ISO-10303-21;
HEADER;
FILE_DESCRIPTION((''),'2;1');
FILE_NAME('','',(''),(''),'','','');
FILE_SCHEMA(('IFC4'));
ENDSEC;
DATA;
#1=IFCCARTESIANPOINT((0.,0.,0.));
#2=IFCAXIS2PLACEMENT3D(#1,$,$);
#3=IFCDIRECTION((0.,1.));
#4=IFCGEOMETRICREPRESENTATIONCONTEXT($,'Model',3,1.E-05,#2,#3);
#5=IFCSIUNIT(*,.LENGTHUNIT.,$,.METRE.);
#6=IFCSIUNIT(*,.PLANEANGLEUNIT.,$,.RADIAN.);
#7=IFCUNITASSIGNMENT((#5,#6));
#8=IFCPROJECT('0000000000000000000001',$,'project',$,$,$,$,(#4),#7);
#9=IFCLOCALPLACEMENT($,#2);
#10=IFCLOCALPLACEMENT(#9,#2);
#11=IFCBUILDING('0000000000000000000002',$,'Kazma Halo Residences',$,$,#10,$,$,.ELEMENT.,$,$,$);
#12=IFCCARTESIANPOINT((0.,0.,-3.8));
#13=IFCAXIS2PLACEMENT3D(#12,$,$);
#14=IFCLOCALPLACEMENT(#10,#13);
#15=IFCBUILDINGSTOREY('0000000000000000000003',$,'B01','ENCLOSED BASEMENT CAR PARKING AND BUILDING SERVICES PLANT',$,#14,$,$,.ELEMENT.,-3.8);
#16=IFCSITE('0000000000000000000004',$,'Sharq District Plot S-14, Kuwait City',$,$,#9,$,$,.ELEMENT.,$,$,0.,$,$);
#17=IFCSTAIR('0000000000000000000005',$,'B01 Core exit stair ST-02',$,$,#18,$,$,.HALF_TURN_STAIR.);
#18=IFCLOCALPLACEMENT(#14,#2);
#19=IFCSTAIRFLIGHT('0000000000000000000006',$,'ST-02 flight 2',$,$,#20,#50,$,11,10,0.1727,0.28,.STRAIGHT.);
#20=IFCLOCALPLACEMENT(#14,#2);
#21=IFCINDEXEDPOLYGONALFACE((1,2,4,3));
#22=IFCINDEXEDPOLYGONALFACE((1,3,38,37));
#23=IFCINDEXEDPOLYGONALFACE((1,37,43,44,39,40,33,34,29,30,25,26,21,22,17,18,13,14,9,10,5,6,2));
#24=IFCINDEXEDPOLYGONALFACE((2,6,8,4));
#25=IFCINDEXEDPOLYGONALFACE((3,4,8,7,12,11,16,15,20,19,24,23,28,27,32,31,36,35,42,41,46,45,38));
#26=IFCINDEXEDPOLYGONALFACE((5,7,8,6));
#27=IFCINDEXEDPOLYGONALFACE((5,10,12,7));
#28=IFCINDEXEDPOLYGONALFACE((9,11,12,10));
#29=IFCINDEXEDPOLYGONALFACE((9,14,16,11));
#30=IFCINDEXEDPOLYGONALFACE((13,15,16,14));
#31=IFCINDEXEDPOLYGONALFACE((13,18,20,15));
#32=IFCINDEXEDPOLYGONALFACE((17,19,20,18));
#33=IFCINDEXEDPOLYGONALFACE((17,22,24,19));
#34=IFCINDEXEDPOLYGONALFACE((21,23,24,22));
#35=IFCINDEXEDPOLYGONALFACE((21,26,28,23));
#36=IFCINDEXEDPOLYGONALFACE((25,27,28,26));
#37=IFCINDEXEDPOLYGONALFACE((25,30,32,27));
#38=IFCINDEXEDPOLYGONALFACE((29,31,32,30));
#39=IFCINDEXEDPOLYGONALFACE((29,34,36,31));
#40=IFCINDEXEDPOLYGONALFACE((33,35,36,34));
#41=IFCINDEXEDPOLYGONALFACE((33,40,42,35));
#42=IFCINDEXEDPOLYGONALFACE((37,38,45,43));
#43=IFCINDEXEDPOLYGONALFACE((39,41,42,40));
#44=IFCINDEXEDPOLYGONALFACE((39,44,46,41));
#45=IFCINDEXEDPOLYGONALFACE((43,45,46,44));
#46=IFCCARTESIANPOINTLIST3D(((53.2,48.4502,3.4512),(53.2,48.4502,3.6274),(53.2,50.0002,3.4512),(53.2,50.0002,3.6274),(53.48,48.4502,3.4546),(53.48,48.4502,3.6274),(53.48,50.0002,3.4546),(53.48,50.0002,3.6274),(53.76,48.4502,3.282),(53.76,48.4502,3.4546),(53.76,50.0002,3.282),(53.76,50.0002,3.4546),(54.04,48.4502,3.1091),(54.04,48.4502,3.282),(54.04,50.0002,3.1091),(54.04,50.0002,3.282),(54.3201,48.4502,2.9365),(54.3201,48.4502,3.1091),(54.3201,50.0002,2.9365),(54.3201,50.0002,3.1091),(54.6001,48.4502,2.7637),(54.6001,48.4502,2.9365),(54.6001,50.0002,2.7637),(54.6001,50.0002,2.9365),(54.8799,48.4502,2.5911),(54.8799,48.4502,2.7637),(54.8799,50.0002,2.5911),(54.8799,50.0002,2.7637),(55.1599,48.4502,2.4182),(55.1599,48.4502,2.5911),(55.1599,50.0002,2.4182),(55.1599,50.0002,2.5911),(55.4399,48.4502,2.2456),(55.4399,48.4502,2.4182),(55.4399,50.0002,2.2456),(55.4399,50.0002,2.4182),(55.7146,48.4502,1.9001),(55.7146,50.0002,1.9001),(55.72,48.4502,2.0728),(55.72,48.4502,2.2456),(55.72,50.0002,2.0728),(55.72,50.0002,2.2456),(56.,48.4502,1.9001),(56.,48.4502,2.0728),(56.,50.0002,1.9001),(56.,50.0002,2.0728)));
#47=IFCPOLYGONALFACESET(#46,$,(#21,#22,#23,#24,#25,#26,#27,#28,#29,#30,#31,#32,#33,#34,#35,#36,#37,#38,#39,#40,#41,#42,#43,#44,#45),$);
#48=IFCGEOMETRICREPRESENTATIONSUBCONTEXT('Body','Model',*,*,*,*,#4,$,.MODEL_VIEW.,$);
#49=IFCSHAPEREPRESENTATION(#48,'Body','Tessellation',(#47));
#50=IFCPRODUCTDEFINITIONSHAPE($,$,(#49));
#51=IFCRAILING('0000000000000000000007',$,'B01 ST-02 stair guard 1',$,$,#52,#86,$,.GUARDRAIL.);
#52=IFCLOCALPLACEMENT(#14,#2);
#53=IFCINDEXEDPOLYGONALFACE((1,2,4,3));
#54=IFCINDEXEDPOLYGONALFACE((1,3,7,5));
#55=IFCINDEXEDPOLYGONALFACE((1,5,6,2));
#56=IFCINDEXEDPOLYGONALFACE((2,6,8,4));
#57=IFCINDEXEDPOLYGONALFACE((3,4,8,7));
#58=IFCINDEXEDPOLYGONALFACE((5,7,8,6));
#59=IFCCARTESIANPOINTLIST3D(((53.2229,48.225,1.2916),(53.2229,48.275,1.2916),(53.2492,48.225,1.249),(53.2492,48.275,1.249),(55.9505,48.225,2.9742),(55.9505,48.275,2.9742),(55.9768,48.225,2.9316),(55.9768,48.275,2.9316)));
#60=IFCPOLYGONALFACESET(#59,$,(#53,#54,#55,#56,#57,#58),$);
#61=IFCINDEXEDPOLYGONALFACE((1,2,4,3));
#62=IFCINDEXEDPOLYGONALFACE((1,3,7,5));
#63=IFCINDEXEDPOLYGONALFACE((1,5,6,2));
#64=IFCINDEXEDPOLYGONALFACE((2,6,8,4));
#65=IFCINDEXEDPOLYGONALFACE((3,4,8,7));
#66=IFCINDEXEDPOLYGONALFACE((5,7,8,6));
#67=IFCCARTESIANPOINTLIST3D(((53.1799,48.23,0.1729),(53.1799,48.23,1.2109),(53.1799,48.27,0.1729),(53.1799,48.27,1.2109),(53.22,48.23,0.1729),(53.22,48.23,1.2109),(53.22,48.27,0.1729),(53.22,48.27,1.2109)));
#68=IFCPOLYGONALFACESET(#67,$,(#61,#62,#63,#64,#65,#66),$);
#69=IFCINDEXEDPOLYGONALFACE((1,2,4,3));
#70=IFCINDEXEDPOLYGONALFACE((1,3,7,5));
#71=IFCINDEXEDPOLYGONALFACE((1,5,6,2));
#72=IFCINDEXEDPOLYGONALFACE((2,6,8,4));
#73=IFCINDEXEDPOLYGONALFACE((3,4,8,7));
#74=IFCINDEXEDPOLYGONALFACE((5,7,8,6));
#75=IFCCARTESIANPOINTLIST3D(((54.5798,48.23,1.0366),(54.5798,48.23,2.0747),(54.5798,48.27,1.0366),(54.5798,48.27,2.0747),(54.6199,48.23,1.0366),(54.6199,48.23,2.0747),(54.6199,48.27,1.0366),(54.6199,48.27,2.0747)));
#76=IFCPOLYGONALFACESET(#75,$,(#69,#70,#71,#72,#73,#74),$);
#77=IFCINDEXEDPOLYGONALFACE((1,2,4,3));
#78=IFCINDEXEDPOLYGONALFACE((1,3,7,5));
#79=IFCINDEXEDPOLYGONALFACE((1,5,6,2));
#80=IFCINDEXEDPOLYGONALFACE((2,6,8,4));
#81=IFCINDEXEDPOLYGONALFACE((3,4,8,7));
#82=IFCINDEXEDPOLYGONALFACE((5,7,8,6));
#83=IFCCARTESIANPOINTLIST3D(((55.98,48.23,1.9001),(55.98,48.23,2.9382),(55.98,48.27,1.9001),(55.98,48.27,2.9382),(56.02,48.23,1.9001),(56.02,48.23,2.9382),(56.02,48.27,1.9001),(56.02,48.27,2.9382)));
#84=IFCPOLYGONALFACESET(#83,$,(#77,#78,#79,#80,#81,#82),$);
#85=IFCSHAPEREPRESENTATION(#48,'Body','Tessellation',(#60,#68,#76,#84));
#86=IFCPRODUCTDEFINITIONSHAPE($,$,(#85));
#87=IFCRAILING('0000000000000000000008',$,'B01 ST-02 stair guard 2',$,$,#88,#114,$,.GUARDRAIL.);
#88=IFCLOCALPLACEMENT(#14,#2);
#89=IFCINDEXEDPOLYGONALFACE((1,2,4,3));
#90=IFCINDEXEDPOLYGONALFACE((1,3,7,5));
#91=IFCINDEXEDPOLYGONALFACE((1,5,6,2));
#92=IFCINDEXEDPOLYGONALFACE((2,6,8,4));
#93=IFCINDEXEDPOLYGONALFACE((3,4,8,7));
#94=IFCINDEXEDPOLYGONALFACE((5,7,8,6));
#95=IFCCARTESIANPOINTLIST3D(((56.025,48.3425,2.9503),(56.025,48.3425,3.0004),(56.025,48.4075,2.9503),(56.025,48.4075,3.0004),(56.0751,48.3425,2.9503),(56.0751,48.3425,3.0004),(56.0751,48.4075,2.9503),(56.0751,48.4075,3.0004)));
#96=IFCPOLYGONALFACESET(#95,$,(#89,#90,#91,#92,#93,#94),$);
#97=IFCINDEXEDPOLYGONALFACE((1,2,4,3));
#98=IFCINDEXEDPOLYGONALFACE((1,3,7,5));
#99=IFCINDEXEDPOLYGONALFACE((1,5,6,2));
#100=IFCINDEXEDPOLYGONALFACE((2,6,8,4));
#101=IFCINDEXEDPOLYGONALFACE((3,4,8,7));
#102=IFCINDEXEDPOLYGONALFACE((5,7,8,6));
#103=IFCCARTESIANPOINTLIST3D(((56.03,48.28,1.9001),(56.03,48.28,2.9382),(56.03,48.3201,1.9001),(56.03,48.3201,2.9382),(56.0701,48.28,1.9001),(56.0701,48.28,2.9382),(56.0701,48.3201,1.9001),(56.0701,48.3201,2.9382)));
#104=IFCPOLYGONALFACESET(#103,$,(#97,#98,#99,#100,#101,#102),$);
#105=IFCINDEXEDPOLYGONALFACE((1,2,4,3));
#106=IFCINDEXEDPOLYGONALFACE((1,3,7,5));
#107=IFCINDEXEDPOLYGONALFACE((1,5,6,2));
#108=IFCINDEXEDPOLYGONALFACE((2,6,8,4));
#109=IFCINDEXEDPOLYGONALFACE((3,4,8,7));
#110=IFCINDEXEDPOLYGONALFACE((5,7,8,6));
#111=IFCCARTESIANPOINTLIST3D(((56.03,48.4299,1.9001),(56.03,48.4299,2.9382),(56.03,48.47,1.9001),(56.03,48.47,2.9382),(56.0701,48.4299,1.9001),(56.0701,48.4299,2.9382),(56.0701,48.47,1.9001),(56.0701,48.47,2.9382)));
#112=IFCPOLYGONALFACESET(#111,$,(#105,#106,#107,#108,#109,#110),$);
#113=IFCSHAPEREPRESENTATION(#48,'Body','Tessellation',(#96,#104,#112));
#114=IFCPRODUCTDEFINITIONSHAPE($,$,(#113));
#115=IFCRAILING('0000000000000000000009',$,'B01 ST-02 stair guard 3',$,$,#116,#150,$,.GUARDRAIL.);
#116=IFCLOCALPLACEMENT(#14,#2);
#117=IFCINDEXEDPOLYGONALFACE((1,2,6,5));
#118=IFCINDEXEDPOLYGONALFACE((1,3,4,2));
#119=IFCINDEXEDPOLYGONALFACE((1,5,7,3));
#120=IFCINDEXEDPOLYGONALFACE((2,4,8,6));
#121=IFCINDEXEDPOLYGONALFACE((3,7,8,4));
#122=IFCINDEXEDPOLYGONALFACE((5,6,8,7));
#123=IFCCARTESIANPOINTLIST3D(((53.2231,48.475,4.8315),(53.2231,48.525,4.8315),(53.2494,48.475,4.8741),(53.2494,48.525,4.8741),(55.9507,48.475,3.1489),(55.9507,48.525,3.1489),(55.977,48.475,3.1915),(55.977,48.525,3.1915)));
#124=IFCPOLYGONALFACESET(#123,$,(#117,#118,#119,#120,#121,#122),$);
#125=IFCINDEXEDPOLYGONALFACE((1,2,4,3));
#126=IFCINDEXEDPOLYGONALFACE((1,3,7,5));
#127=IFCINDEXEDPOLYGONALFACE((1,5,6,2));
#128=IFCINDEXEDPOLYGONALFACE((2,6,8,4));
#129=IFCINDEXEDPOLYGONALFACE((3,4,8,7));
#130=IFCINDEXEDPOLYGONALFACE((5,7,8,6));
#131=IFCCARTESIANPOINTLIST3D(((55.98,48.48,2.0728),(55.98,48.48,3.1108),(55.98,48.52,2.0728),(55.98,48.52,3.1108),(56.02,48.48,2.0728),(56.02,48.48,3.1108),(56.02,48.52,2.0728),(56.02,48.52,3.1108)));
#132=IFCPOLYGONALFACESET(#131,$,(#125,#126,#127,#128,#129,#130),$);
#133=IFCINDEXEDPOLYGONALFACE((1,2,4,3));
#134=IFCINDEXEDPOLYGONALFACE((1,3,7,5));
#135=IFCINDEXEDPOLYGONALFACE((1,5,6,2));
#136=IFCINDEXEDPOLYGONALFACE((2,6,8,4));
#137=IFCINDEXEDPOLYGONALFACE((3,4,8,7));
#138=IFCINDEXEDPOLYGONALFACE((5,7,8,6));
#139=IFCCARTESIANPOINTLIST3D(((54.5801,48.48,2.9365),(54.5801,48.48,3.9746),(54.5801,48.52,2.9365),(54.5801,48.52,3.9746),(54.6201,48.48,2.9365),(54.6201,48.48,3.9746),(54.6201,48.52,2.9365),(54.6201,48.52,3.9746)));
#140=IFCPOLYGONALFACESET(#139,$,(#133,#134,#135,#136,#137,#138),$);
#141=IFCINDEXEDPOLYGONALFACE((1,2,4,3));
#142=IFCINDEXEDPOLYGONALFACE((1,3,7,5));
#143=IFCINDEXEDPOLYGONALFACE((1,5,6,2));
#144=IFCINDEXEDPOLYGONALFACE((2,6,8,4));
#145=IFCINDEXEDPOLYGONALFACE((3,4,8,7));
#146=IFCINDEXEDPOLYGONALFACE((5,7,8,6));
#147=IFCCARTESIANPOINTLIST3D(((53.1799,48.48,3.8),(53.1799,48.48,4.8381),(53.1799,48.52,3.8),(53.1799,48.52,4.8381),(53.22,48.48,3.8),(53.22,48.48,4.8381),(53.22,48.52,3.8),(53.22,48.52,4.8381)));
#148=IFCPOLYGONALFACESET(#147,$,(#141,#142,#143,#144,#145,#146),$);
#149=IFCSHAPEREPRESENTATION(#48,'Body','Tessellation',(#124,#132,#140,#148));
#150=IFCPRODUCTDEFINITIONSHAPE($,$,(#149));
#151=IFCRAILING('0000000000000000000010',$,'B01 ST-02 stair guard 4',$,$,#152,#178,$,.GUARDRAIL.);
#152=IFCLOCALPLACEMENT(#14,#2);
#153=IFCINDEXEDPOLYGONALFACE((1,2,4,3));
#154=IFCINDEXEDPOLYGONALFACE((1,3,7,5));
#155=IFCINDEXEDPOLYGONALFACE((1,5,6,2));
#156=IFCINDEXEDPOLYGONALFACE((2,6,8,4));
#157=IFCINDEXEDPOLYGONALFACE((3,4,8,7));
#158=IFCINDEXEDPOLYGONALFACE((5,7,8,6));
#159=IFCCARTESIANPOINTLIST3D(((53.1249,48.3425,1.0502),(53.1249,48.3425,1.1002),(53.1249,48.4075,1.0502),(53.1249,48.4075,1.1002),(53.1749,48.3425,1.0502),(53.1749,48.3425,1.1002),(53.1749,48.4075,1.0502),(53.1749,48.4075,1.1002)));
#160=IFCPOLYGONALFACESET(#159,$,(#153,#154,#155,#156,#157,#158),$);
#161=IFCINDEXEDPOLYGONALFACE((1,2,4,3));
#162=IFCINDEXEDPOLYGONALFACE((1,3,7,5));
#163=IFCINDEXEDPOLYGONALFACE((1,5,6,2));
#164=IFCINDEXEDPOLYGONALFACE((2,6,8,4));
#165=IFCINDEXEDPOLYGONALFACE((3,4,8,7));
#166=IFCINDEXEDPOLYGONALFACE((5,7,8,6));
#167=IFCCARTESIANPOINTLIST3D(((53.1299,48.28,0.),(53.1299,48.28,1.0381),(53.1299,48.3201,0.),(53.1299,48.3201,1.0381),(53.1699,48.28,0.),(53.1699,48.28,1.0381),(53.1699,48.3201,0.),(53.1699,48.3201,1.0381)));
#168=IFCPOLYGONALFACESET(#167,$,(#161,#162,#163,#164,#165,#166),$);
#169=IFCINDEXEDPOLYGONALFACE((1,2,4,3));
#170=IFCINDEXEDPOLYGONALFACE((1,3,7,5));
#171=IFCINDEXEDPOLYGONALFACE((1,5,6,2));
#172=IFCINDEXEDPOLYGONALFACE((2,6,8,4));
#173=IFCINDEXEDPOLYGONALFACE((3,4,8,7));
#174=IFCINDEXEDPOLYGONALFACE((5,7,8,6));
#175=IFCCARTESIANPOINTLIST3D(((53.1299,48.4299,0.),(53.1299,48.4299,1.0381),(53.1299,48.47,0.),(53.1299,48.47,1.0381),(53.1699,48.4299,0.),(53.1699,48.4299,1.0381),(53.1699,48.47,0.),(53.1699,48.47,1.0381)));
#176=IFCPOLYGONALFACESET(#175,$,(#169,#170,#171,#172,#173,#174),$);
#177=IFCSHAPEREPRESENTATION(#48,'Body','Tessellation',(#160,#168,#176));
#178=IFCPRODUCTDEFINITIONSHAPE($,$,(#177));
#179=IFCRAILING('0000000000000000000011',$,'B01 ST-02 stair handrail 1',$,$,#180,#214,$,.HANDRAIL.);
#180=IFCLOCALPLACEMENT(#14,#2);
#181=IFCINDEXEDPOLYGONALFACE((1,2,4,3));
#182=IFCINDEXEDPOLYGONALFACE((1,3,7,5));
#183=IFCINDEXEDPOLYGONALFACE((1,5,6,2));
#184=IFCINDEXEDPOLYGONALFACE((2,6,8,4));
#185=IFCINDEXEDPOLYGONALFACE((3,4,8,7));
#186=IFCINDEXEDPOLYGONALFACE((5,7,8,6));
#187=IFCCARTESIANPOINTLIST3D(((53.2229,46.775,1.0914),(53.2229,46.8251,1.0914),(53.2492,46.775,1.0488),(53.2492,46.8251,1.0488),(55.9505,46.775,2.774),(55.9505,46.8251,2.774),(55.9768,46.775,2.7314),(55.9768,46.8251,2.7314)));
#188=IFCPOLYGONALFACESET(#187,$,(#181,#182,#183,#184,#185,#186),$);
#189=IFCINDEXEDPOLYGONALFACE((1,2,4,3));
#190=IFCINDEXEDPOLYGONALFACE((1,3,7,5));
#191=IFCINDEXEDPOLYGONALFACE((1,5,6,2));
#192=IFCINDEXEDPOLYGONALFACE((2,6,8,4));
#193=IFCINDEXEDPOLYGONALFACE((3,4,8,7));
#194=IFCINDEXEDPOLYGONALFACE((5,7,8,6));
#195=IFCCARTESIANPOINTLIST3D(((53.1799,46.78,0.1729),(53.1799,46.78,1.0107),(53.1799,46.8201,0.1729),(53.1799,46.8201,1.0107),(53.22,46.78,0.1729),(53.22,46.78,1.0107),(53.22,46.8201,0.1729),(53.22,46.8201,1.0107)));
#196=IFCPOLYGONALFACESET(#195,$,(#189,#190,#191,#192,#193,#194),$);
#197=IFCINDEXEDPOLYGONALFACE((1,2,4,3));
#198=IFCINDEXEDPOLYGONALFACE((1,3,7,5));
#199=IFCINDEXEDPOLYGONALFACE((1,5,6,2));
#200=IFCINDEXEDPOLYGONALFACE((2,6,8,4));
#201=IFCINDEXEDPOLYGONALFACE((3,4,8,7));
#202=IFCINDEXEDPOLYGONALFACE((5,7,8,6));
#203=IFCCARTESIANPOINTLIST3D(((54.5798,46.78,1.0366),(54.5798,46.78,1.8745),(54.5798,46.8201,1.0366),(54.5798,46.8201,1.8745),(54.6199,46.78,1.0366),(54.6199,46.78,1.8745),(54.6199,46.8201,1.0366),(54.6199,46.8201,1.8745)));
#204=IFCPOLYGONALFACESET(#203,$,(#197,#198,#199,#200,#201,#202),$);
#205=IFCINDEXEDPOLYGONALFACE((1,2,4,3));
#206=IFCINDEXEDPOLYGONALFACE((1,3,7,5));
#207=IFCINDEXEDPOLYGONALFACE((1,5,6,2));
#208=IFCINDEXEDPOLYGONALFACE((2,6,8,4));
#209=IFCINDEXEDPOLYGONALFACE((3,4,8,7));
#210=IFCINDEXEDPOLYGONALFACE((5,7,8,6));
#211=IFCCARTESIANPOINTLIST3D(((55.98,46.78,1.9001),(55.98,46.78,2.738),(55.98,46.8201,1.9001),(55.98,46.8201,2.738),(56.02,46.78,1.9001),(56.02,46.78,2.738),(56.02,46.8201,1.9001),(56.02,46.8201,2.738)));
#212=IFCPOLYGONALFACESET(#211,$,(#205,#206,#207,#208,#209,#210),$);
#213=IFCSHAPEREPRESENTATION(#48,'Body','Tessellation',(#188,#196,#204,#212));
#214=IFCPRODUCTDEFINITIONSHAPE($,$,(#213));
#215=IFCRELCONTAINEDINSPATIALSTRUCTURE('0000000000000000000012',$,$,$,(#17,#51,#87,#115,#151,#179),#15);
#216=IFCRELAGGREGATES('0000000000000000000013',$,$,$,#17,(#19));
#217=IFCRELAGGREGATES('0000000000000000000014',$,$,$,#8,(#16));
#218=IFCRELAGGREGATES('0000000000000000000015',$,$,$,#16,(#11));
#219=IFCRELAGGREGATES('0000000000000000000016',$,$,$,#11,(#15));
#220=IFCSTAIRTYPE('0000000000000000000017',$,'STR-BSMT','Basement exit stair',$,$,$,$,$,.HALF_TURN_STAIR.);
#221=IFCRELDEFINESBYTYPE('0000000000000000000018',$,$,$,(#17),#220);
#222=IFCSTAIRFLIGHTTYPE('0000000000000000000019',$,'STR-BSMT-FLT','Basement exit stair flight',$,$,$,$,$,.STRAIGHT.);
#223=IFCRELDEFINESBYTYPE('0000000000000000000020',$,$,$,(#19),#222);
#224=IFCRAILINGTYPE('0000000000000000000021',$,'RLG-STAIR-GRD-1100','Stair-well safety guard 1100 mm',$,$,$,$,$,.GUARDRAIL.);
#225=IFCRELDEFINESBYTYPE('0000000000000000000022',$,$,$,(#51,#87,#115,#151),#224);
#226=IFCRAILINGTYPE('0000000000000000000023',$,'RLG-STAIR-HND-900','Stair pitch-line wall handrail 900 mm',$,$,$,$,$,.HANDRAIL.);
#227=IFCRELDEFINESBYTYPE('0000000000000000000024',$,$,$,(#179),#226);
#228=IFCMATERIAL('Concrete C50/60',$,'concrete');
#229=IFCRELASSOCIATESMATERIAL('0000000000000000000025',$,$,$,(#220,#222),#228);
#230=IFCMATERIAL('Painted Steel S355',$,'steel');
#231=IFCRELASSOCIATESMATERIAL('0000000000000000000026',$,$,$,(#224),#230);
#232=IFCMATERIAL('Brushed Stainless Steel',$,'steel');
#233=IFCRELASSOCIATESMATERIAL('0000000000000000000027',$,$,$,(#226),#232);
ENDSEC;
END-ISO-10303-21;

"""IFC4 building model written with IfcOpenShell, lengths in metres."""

from ifc_helpers import new_model, si_unit, direction, frame, origin, origin_2d, place, context, subcontext, project, spatial, polyline, rectangle, outline, extrude, material, type_object, element, aggregate, save


model = new_model("IFC4")

# Units and contexts
model_context = context("Model", 3, precision=1e-05, world=origin(), true_north=direction((0.0, 1.0)))
body_context = subcontext(model_context, "Body", "Model", "MODEL_VIEW")
ifc_project = project(units=[si_unit("LENGTHUNIT", "METRE"), si_unit("PLANEANGLEUNIT", "RADIAN")], contexts=[model_context])

# Site, building, storey
site_placement = place(None, origin())
site = spatial("IfcSite", under=ifc_project, at=site_placement, Name="Sharq District Plot S-14, Kuwait City", CompositionType="ELEMENT", RefElevation=0.0)
building_placement = place(site_placement, origin())
building = spatial("IfcBuilding", under=site, at=building_placement, Name="Kazma Halo Residences", CompositionType="ELEMENT")
storey_placement = place(building_placement, frame((0.0, 0.0, -3.8)))
storey = spatial("IfcBuildingStorey", under=building, at=storey_placement, Name="B01", Description="ENCLOSED BASEMENT CAR PARKING AND BUILDING SERVICES PLANT", CompositionType="ELEMENT", Elevation=-3.8)

# Shared definitions
ifc_material_1 = material(Name="Concrete C50/60", Category="concrete")

# Stair, stair flight
stair_type = type_object("IfcStairType", Name="STR-BSMT", Description="Basement exit stair", PredefinedType="HALF_TURN_STAIR", material=ifc_material_1)
stair_placement = place(storey_placement, origin())
stair = element("IfcStair", 1, at=stair_placement, inside=storey, type_object=stair_type, Name="B01 Core exit stair ST-02", PredefinedType="HALF_TURN_STAIR")
stair_flight_type = type_object("IfcStairFlightType", Name="STR-BSMT-FLT", Description="Basement exit stair flight", PredefinedType="STRAIGHT", material=ifc_material_1)
stair_flight_1_placement = place(storey_placement, frame((56.0, 49.2251, 1.9001), z_axis=(0.0, 0.0, 1.0), x_axis=(-1.0, 0.0, 0.0)))
stair_flight_1 = element("IfcStairFlight", 2, at=stair_flight_1_placement, type_object=stair_flight_type, Name="ST-02 flight 2", NumberOfRisers=11, NumberOfTreads=10, PredefinedType="STRAIGHT", RiserHeight=0.1727, TreadLength=0.28, context=body_context, shape_type="SweptSolid", body=[
    extrude(outline(polyline([(0.0, 0.0), (0.0, 0.1726), (0.28, 0.1726), (0.28, 0.3455), (0.5601, 0.3455), (0.5601, 0.5181), (0.8401, 0.5181), (0.8401, 0.6909), (1.1201, 0.6909), (1.1201, 0.8635), (1.3999, 0.8635), (1.3999, 1.0364), (1.6799, 1.0364), (1.6799, 1.209), (1.96, 1.209), (1.96, 1.3818), (2.24, 1.3818), (2.24, 1.5544), (2.52, 1.5544), (2.52, 1.7273), (2.8, 1.7273), (2.8, 1.8999), (2.8, 1.551), (0.2854, 0.0), (0.0, 0.0)])), frame((0.0, 0.7749, 0.0), z_axis=(0.0, -1.0, 0.0), x_axis=(1.0, 0.0, 0.0)), (0.0, 0.0, 1.0), 1.55),
])
aggregate(stair, [stair_flight_1])

# Railings
ifc_material_2 = material(Name="Painted Steel S355", Category="steel")
railing_type_1 = type_object("IfcRailingType", Name="RLG-STAIR-GRD-1100", Description="Stair-well safety guard 1100 mm", PredefinedType="GUARDRAIL", material=ifc_material_2)
railing_1_placement = place(storey_placement, frame((53.2, 48.25, 0.1729)))
element("IfcRailing", 3, at=railing_1_placement, inside=storey, type_object=railing_type_1, Name="B01 ST-02 stair guard 1", PredefinedType="GUARDRAIL", context=body_context, shape_type="SweptSolid", body=[
    extrude(rectangle(XDim=0.05, YDim=0.05, at=origin_2d()), frame((0.0361, 0.0, 1.0974), z_axis=(0.85109, 0.0, 0.52502), x_axis=(0.0, 1.0, 0.0)), (0.0, 0.0, 1.0), 3.2048),
    extrude(rectangle(XDim=0.04, YDim=0.04, at=origin_2d()), origin(), (0.0, 0.0, 1.0), 1.0381),
    extrude(rectangle(XDim=0.04, YDim=0.04, at=origin_2d()), frame((1.3999, 0.0, 0.8638)), (0.0, 0.0, 1.0), 1.0381),
    extrude(rectangle(XDim=0.04, YDim=0.04, at=origin_2d()), frame((2.8, 0.0, 1.7273)), (0.0, 0.0, 1.0), 1.0381),
])
railing_2_placement = place(storey_placement, frame((56.05, 48.3, 1.9001)))
element("IfcRailing", 4, at=railing_2_placement, inside=storey, type_object=railing_type_1, Name="B01 ST-02 stair guard 2", PredefinedType="GUARDRAIL", context=body_context, shape_type="SweptSolid", body=[
    extrude(rectangle(XDim=0.05, YDim=0.05, at=origin_2d()), frame((0.0, 0.0425, 1.0752), z_axis=(0.0, 1.0, 0.0), x_axis=(-1.0, 0.0, 0.0)), (0.0, 0.0, 1.0), 0.0649),
    extrude(rectangle(XDim=0.04, YDim=0.04, at=origin_2d()), origin(), (0.0, 0.0, 1.0), 1.0381),
    extrude(rectangle(XDim=0.04, YDim=0.04, at=origin_2d()), frame((0.0, 0.1499, 0.0)), (0.0, 0.0, 1.0), 1.0381),
])
railing_3_placement = place(storey_placement, frame((56.0, 48.5, 2.0728)))
element("IfcRailing", 5, at=railing_3_placement, inside=storey, type_object=railing_type_1, Name="B01 ST-02 stair guard 3", PredefinedType="GUARDRAIL", context=body_context, shape_type="SweptSolid", body=[
    extrude(rectangle(XDim=0.05, YDim=0.05, at=origin_2d()), frame((-0.0361, 0.0, 1.0974), z_axis=(-0.85109, 0.0, 0.52502), x_axis=(0.0, -1.0, 0.0)), (0.0, 0.0, 1.0), 3.2048),
    extrude(rectangle(XDim=0.04, YDim=0.04, at=origin_2d()), origin(), (0.0, 0.0, 1.0), 1.0381),
    extrude(rectangle(XDim=0.04, YDim=0.04, at=origin_2d()), frame((-1.3999, 0.0, 0.8638)), (0.0, 0.0, 1.0), 1.0381),
    extrude(rectangle(XDim=0.04, YDim=0.04, at=origin_2d()), frame((-2.8, 0.0, 1.7273)), (0.0, 0.0, 1.0), 1.0381),
])
railing_4_placement = place(storey_placement, frame((53.1499, 48.3, 0.0)))
element("IfcRailing", 6, at=railing_4_placement, inside=storey, type_object=railing_type_1, Name="B01 ST-02 stair guard 4", PredefinedType="GUARDRAIL", context=body_context, shape_type="SweptSolid", body=[
    extrude(rectangle(XDim=0.05, YDim=0.05, at=origin_2d()), frame((0.0, 0.0425, 1.0752), z_axis=(0.0, 1.0, 0.0), x_axis=(-1.0, 0.0, 0.0)), (0.0, 0.0, 1.0), 0.0649),
    extrude(rectangle(XDim=0.04, YDim=0.04, at=origin_2d()), origin(), (0.0, 0.0, 1.0), 1.0381),
    extrude(rectangle(XDim=0.04, YDim=0.04, at=origin_2d()), frame((0.0, 0.1499, 0.0)), (0.0, 0.0, 1.0), 1.0381),
])
ifc_material_3 = material(Name="Brushed Stainless Steel", Category="steel")
railing_type_2 = type_object("IfcRailingType", Name="RLG-STAIR-HND-900", Description="Stair pitch-line wall handrail 900 mm", PredefinedType="HANDRAIL", material=ifc_material_3)
railing_5_placement = place(storey_placement, frame((53.2, 46.8, 0.1729)))
element("IfcRailing", 7, at=railing_5_placement, inside=storey, type_object=railing_type_2, Name="B01 ST-02 stair handrail 1", PredefinedType="HANDRAIL", context=body_context, shape_type="SweptSolid", body=[
    extrude(rectangle(XDim=0.05, YDim=0.05, at=origin_2d()), frame((0.0361, 0.0, 0.8972), z_axis=(0.85109, 0.0, 0.52502), x_axis=(0.0, 1.0, 0.0)), (0.0, 0.0, 1.0), 3.2048),
    extrude(rectangle(XDim=0.04, YDim=0.04, at=origin_2d()), origin(), (0.0, 0.0, 1.0), 0.8379),
    extrude(rectangle(XDim=0.04, YDim=0.04, at=origin_2d()), frame((1.3999, 0.0, 0.8638)), (0.0, 0.0, 1.0), 0.8379),
    extrude(rectangle(XDim=0.04, YDim=0.04, at=origin_2d()), frame((2.8, 0.0, 1.7273)), (0.0, 0.0, 1.0), 0.8379),
])

save(model, "model.ifc")
